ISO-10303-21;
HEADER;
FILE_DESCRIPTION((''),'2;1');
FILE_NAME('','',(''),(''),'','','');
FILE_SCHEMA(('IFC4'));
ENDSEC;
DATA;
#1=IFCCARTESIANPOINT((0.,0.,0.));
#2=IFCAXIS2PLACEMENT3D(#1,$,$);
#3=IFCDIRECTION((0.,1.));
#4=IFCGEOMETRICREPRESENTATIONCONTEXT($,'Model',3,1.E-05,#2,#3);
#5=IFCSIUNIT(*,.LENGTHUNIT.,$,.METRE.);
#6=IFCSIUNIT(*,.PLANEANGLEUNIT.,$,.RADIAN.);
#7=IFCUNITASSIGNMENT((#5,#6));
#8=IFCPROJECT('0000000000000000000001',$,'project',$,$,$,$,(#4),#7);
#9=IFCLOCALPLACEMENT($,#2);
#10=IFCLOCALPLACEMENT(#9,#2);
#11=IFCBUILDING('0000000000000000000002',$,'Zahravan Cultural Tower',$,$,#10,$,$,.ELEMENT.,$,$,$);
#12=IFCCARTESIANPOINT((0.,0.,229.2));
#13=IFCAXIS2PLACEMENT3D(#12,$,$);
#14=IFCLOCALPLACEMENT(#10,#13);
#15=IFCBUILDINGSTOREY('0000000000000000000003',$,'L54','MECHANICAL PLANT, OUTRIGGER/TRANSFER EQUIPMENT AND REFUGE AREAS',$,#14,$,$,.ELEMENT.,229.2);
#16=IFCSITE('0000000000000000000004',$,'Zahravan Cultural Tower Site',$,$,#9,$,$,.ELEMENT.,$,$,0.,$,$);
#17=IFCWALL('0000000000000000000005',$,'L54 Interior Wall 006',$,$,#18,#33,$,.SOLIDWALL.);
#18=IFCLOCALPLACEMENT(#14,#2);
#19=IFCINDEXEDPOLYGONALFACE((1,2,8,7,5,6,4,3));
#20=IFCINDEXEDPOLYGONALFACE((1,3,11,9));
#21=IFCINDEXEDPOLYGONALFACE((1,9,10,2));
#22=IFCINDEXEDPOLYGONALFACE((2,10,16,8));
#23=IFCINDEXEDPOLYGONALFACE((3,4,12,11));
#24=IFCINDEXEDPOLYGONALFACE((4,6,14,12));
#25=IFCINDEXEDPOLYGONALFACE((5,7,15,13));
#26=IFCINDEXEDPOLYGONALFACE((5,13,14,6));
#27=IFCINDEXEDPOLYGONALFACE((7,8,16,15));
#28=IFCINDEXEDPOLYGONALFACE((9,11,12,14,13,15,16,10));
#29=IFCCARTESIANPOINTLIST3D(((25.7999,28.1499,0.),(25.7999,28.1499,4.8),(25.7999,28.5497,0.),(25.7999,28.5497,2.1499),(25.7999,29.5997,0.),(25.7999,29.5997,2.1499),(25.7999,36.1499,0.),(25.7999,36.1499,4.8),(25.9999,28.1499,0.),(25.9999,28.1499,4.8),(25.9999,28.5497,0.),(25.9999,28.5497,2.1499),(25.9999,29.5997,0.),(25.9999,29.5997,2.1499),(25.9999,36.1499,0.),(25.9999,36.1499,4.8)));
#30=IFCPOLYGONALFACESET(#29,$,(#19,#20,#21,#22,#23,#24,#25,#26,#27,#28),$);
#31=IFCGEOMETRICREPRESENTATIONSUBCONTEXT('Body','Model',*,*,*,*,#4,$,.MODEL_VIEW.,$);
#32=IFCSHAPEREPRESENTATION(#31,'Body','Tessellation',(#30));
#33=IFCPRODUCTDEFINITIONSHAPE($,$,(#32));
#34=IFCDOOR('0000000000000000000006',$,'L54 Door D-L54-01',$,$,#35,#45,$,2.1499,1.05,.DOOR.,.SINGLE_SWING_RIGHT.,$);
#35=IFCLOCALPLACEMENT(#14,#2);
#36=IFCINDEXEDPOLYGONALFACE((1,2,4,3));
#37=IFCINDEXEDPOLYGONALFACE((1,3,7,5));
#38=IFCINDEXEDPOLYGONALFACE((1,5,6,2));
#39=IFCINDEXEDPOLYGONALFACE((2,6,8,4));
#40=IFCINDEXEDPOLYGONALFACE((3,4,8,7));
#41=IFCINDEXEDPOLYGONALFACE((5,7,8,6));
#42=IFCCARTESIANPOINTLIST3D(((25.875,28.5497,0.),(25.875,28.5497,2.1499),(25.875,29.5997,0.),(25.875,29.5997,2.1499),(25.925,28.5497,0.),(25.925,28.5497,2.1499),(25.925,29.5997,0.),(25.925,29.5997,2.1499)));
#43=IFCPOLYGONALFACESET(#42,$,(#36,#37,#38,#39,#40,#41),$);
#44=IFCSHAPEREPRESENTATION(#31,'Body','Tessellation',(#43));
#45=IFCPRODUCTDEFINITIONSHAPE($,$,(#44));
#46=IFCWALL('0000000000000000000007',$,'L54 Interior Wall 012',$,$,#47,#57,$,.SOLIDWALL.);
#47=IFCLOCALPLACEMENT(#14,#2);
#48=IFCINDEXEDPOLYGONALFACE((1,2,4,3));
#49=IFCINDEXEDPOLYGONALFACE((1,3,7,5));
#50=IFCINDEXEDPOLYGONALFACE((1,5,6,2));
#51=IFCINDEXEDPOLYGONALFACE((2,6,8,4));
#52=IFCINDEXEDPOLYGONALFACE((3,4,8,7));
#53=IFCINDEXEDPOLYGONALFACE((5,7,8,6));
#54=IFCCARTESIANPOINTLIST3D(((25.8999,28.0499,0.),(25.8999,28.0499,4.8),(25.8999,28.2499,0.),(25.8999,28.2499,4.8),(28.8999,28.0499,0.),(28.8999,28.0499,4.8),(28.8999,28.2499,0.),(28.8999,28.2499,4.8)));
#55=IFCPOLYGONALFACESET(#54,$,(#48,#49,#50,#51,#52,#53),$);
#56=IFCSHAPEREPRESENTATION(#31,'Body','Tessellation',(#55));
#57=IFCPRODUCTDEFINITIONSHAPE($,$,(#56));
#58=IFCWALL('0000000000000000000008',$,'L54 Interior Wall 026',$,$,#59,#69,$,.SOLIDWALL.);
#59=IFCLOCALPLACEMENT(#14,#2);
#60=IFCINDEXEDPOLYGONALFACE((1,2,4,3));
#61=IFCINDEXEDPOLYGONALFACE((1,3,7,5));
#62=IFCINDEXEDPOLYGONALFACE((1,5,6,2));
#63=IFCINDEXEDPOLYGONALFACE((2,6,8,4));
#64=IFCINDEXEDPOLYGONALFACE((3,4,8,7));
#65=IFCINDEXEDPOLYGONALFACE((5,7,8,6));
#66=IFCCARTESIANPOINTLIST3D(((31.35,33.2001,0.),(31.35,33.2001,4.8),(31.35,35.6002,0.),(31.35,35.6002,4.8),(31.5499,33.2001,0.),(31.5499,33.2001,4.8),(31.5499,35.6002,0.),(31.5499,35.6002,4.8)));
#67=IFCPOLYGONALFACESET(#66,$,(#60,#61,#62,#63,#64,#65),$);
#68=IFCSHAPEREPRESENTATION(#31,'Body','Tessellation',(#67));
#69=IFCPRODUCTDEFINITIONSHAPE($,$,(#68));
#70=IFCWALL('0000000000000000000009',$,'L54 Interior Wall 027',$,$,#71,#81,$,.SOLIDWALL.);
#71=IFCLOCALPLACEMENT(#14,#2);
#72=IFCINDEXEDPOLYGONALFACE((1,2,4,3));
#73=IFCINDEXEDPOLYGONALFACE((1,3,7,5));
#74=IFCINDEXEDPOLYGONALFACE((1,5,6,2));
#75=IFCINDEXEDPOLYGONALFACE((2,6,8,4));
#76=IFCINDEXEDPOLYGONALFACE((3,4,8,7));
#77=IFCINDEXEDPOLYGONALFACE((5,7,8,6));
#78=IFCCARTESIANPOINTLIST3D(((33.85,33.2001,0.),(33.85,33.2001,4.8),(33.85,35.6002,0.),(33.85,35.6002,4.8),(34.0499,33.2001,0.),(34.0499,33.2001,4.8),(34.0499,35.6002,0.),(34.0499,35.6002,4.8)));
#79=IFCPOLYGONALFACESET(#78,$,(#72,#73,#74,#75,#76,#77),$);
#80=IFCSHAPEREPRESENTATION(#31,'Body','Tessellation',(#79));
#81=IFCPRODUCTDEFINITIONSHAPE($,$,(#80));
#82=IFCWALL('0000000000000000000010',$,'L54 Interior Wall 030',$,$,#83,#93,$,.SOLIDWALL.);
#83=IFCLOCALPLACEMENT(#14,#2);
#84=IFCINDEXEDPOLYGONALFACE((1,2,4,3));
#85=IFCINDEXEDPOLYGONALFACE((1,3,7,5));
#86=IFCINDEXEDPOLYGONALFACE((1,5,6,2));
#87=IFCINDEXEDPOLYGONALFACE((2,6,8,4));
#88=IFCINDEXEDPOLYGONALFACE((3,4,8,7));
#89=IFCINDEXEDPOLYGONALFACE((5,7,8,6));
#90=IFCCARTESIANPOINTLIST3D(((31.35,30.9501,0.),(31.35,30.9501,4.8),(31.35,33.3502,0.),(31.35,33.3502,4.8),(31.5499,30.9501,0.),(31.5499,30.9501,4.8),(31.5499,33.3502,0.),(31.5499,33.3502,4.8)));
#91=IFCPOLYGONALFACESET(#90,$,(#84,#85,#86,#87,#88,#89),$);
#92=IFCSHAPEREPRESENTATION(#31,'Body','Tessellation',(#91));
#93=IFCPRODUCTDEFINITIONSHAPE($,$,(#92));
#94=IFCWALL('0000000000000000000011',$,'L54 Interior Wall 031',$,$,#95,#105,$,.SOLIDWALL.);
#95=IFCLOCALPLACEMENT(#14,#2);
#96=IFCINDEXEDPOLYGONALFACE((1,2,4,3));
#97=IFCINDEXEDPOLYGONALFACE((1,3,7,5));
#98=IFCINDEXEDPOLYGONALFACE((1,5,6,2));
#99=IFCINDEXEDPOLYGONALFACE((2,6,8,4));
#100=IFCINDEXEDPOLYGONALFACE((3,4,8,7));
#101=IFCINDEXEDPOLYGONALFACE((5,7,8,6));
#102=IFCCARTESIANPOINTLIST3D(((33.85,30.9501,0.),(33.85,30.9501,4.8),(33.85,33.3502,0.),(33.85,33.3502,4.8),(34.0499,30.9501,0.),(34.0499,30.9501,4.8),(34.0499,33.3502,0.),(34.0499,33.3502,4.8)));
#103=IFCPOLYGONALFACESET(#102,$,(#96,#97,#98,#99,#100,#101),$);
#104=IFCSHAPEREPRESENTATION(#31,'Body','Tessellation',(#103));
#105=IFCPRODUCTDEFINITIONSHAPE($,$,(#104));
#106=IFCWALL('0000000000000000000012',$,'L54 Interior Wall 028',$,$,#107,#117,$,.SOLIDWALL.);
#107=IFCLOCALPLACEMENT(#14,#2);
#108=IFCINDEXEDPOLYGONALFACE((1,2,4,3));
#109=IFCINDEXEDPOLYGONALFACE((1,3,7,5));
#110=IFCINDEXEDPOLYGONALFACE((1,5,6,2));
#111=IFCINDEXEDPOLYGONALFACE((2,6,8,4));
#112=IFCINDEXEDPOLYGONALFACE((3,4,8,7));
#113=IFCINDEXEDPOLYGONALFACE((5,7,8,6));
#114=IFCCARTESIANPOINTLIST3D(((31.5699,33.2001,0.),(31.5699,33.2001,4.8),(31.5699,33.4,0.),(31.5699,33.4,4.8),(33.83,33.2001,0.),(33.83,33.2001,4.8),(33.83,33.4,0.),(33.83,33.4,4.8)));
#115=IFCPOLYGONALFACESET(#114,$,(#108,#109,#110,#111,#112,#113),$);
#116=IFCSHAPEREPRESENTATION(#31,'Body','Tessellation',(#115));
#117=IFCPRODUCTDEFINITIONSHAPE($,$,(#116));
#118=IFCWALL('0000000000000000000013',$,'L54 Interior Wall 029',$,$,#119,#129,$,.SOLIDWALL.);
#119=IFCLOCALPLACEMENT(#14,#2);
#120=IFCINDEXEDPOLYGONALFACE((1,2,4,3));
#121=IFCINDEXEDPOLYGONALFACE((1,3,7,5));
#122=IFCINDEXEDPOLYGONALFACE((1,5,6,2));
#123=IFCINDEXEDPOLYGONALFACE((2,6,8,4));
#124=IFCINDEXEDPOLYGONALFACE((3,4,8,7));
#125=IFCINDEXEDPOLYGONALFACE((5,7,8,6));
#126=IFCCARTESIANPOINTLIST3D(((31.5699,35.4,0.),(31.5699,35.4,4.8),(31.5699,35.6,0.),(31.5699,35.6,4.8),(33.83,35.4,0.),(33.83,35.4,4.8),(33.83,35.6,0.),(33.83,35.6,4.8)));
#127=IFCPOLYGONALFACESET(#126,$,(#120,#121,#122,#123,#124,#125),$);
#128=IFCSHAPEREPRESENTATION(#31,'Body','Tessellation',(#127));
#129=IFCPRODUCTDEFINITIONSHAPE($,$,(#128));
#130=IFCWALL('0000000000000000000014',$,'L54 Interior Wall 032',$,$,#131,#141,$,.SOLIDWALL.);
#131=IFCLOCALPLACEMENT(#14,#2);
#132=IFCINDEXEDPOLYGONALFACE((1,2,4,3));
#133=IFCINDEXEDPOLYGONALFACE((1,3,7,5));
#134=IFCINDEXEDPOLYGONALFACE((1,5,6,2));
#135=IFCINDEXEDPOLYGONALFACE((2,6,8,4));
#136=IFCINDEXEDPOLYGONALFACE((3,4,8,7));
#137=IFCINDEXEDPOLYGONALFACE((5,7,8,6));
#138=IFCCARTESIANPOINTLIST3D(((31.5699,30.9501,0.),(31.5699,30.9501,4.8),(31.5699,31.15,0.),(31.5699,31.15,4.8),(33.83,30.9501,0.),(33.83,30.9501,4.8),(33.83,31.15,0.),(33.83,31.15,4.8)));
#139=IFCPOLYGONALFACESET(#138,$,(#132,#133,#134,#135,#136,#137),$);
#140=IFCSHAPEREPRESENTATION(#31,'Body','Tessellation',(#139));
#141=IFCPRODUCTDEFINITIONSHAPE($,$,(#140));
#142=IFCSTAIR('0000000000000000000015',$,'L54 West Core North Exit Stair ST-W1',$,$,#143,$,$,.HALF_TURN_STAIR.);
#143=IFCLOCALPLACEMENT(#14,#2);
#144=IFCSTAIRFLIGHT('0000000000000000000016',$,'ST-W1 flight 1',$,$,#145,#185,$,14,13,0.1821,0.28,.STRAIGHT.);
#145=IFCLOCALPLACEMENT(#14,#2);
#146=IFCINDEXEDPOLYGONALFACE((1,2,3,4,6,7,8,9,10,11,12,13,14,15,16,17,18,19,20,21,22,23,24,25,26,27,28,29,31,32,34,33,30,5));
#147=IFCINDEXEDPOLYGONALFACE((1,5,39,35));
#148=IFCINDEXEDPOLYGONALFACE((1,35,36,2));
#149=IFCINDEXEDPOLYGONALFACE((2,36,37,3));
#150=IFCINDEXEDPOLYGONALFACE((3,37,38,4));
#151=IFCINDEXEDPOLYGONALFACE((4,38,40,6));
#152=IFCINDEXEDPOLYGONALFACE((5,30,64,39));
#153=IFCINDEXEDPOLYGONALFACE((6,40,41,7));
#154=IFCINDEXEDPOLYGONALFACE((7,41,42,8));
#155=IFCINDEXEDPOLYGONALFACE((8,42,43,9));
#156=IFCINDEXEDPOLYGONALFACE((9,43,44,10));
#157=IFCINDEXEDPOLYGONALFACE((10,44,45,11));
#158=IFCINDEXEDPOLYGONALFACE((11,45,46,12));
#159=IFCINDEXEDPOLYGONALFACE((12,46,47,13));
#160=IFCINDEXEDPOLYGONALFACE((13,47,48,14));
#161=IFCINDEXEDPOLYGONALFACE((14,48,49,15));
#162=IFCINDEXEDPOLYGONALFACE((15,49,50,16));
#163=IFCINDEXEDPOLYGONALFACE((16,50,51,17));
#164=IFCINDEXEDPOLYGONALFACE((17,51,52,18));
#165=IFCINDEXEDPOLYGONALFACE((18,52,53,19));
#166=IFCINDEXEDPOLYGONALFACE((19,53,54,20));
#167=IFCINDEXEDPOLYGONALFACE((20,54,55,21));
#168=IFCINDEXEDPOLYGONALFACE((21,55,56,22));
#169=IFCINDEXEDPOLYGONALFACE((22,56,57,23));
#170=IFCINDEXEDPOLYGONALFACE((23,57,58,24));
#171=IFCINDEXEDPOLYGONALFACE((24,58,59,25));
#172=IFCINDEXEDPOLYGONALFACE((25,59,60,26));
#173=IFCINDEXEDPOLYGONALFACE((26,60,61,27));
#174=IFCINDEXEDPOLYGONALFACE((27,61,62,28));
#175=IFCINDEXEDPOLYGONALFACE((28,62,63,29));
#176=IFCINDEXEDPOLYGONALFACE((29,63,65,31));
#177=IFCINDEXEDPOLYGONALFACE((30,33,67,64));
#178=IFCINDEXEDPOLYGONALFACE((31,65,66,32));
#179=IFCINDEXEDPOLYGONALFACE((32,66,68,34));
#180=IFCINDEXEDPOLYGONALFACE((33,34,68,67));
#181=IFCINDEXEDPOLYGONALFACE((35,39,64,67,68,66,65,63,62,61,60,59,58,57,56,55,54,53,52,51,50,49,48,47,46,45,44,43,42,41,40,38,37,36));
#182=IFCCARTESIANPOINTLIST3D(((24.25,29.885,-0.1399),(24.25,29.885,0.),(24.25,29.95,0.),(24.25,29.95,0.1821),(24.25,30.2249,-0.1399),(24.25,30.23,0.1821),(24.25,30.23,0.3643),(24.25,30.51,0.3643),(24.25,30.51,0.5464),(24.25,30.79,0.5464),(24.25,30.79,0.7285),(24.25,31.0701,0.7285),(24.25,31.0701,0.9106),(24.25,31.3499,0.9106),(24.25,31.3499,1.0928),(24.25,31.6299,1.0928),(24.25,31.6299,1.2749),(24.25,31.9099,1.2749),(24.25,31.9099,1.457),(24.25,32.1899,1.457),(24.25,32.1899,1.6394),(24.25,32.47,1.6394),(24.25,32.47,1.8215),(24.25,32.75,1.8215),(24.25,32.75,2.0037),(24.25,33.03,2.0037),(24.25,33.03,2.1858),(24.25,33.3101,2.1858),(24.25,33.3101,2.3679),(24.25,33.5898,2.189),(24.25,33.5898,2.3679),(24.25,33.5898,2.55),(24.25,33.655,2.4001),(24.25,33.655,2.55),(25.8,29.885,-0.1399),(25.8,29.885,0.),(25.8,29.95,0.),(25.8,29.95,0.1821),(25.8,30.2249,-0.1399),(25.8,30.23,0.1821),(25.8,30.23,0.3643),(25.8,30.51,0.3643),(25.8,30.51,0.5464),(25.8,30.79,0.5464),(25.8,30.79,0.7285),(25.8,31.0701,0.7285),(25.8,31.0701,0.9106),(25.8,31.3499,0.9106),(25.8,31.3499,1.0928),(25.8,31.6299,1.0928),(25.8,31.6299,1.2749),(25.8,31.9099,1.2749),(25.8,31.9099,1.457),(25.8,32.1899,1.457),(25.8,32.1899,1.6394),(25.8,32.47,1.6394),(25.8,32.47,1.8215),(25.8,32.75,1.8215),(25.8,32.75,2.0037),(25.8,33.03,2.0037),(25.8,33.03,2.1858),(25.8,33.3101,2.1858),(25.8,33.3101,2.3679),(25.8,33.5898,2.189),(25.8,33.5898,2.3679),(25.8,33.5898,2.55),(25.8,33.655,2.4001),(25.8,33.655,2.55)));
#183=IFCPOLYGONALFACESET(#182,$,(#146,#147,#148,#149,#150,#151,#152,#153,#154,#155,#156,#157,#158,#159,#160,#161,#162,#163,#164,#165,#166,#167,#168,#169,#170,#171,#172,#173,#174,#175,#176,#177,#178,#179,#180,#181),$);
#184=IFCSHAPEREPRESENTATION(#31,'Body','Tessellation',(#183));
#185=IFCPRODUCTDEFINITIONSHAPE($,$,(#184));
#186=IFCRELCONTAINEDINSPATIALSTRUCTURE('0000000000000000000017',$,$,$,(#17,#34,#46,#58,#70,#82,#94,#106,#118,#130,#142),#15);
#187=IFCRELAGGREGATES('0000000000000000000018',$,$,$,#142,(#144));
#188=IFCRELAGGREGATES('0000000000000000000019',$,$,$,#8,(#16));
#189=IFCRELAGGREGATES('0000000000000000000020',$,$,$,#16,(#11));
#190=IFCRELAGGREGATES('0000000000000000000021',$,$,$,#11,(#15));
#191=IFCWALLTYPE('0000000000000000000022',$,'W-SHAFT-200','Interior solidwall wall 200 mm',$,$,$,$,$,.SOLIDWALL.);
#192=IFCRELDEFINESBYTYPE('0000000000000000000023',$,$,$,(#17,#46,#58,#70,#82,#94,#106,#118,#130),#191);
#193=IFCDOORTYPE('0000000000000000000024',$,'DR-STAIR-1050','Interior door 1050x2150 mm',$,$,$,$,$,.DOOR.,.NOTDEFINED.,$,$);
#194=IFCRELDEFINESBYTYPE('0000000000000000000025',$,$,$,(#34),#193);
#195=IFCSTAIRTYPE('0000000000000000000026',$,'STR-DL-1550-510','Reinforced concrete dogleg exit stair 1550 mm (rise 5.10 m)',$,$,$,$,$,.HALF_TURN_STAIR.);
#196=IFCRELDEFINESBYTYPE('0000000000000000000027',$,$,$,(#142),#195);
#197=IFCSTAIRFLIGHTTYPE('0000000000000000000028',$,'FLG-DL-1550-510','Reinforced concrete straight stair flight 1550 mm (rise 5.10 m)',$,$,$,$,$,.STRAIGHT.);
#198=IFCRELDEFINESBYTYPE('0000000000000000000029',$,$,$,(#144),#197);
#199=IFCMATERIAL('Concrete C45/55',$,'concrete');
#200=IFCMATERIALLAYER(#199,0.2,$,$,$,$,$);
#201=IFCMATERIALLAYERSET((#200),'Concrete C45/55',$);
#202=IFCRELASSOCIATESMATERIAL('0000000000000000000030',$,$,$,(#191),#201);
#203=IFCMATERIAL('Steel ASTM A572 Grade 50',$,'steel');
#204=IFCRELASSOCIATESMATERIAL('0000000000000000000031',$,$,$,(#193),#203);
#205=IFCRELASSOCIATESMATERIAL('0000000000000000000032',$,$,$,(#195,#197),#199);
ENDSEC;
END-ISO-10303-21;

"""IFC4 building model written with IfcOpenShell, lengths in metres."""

from ifc_helpers import new_model, si_unit, direction, frame, frame_2d, origin, place, context, subcontext, project, spatial, polyline, rectangle, outline, extrude, source, transform, mapped, material, layer, layer_set, type_object, element, fill, aggregate, save


model = new_model("IFC4")

# Units and contexts
model_context = context("Model", 3, precision=1e-05, world=origin(), true_north=direction((0.0, 1.0)))
body_context = subcontext(model_context, "Body", "Model", "MODEL_VIEW")
ifc_project = project(units=[si_unit("LENGTHUNIT", "METRE"), si_unit("PLANEANGLEUNIT", "RADIAN")], contexts=[model_context])

# Site, building, storey
site_placement = place(None, origin())
site = spatial("IfcSite", under=ifc_project, at=site_placement, Name="Zahravan Cultural Tower Site", CompositionType="ELEMENT", RefElevation=0.0)
building_placement = place(site_placement, origin())
building = spatial("IfcBuilding", under=site, at=building_placement, Name="Zahravan Cultural Tower", CompositionType="ELEMENT")
storey_placement = place(building_placement, frame((0.0, 0.0, 229.2)))
storey = spatial("IfcBuildingStorey", under=building, at=storey_placement, Name="L54", Description="MECHANICAL PLANT, OUTRIGGER/TRANSFER EQUIPMENT AND REFUGE AREAS", CompositionType="ELEMENT", Elevation=229.2)

# Wall, opening, door
ifc_material_1 = material(Name="Steel ASTM A572 Grade 50", Category="steel")
ifc_material_2 = material(Name="Concrete C45/55", Category="concrete")
ifc_layer_1 = layer(ifc_material_2, 0.2)
ifc_layer_set_1 = layer_set([ifc_layer_1], Name="Concrete C45/55")
wall_type_1 = type_object("IfcWallType", Name="W-SHAFT-200", Description="Interior solidwall wall 200 mm", PredefinedType="SOLIDWALL", material=ifc_layer_set_1)
wall_1_placement = place(storey_placement, frame((25.8999, 28.1499, 0.0), z_axis=(0.0, 0.0, 1.0), x_axis=(0.0, 1.0, 0.0)))
wall_1 = element("IfcWall", 1, at=wall_1_placement, inside=storey, type_object=wall_type_1, Name="L54 Interior Wall 006", PredefinedType="SOLIDWALL", context=body_context, shape_type="SweptSolid", body=[
    extrude(rectangle(XDim=8.0, YDim=0.2, at=frame_2d((4.0, 0.0))), origin(), (0.0, 0.0, 1.0), 4.8),
])
opening_1_placement = place(wall_1_placement, frame((0.3999, 0.0, 0.0)))
opening_1 = element("IfcOpeningElement", 2, at=opening_1_placement, cuts=wall_1, PredefinedType="OPENING", context=body_context, shape_type="SweptSolid", body=[
    extrude(rectangle(XDim=1.05, YDim=2.1499, at=frame_2d((0.5249, 1.075))), frame((0.0, 0.1099, 0.0), z_axis=(0.0, -1.0, 0.0), x_axis=(1.0, 0.0, 0.0)), (0.0, 0.0, 1.0), 0.22),
])
door_type_1 = type_object("IfcDoorType", Name="DR-STAIR-1050", Description="Interior door 1050x2150 mm", OperationType="NOTDEFINED", PredefinedType="DOOR", material=ifc_material_1)
shared_shape_1 = source(origin(), body_context, "Body", "SweptSolid", [
    extrude(rectangle(XDim=1.05, YDim=2.1499, at=frame_2d((0.5249, 1.075))), frame((0.0, 0.0249, 0.0), z_axis=(0.0, -1.0, 0.0), x_axis=(1.0, 0.0, 0.0)), (0.0, 0.0, 1.0), 0.05),
])
door_1_placement = place(opening_1_placement, origin())
door_1 = element("IfcDoor", 3, at=door_1_placement, inside=storey, type_object=door_type_1, Name="L54 Door D-L54-01", OperationType="SINGLE_SWING_RIGHT", OverallHeight=2.1499, OverallWidth=1.05, PredefinedType="DOOR", context=body_context, shape_type="MappedRepresentation", body=[
    mapped(shared_shape_1, transform((0.0, 0.0, 0.0), x_axis=(1.0, 0.0, 0.0), y_axis=(0.0, 1.0, 0.0), z_axis=(0.0, 0.0, 1.0), scale=1.0)),
])
fill(opening_1, door_1)

# Walls
shared_shape_2 = source(origin(), body_context, "Body", "SweptSolid", [
    extrude(rectangle(XDim=3.0, YDim=0.2, at=frame_2d((1.5, 0.0))), origin(), (0.0, 0.0, 1.0), 4.8),
])
wall_2_placement = place(storey_placement, frame((25.8999, 28.1499, 0.0), z_axis=(0.0, 0.0, 1.0), x_axis=(1.0, 0.0, 0.0)))
element("IfcWall", 4, at=wall_2_placement, inside=storey, type_object=wall_type_1, Name="L54 Interior Wall 012", PredefinedType="SOLIDWALL", context=body_context, shape_type="MappedRepresentation", body=[
    mapped(shared_shape_2, transform((0.0, 0.0, 0.0), x_axis=(1.0, 0.0, 0.0), y_axis=(0.0, 1.0, 0.0), z_axis=(0.0, 0.0, 1.0), scale=1.0)),
])
shared_shape_3 = source(origin(), body_context, "Body", "SweptSolid", [
    extrude(rectangle(XDim=2.4001, YDim=0.2, at=frame_2d((1.2002, 0.0))), origin(), (0.0, 0.0, 1.0), 4.8),
])
for number, where, z_axis, x_axis, name in (
    (5, (31.45, 33.2, 0.0), (0.0, 0.0, 1.0), (0.0, 1.0, 0.0), "L54 Interior Wall 026"),
    (6, (33.95, 33.2, 0.0), (0.0, 0.0, 1.0), (0.0, 1.0, 0.0), "L54 Interior Wall 027"),
    (7, (31.45, 30.95, 0.0), (0.0, 0.0, 1.0), (0.0, 1.0, 0.0), "L54 Interior Wall 030"),
    (8, (33.95, 30.95, 0.0), (0.0, 0.0, 1.0), (0.0, 1.0, 0.0), "L54 Interior Wall 031"),
):
    element("IfcWall", number, at=place(storey_placement, frame(where, z_axis=z_axis, x_axis=x_axis)), inside=storey, type_object=wall_type_1, Name=name, PredefinedType="SOLIDWALL", context=body_context, shape_type="MappedRepresentation", body=[
        mapped(shared_shape_3, transform((0.0, 0.0, 0.0), x_axis=(1.0, 0.0, 0.0), y_axis=(0.0, 1.0, 0.0), z_axis=(0.0, 0.0, 1.0), scale=1.0)),
    ])
shared_shape_4 = source(origin(), body_context, "Body", "SweptSolid", [
    extrude(rectangle(XDim=2.26, YDim=0.2, at=frame_2d((1.1299, 0.0))), origin(), (0.0, 0.0, 1.0), 4.8),
])
for number, where, z_axis, x_axis, name in (
    (9, (31.5701, 33.3, 0.0), (0.0, 0.0, 1.0), (1.0, 0.0, 0.0), "L54 Interior Wall 028"),
    (10, (31.5701, 35.5, 0.0), (0.0, 0.0, 1.0), (1.0, 0.0, 0.0), "L54 Interior Wall 029"),
    (11, (31.5701, 31.05, 0.0), (0.0, 0.0, 1.0), (1.0, 0.0, 0.0), "L54 Interior Wall 032"),
):
    element("IfcWall", number, at=place(storey_placement, frame(where, z_axis=z_axis, x_axis=x_axis)), inside=storey, type_object=wall_type_1, Name=name, PredefinedType="SOLIDWALL", context=body_context, shape_type="MappedRepresentation", body=[
        mapped(shared_shape_4, transform((0.0, 0.0, 0.0), x_axis=(1.0, 0.0, 0.0), y_axis=(0.0, 1.0, 0.0), z_axis=(0.0, 0.0, 1.0), scale=1.0)),
    ])

# Stair, stair flight
stair_type = type_object("IfcStairType", Name="STR-DL-1550-510", Description="Reinforced concrete dogleg exit stair 1550 mm (rise 5.10 m)", PredefinedType="HALF_TURN_STAIR", material=ifc_material_2)
stair_placement = place(storey_placement, origin())
stair = element("IfcStair", 12, at=stair_placement, inside=storey, type_object=stair_type, Name="L54 West Core North Exit Stair ST-W1", PredefinedType="HALF_TURN_STAIR")
stair_flight_type = type_object("IfcStairFlightType", Name="FLG-DL-1550-510", Description="Reinforced concrete straight stair flight 1550 mm (rise 5.10 m)", PredefinedType="STRAIGHT", material=ifc_material_2)
stair_flight_placement = place(storey_placement, frame((25.0249, 29.95, 0.0), z_axis=(0.0, 0.0, 1.0), x_axis=(0.0, 1.0, 0.0)))
stair_flight = element("IfcStairFlight", 13, at=stair_flight_placement, type_object=stair_flight_type, Name="ST-W1 flight 1", NumberOfRisers=14, NumberOfTreads=13, PredefinedType="STRAIGHT", RiserHeight=0.1821, TreadLength=0.28, context=body_context, shape_type="SweptSolid", body=[
    extrude(outline(polyline([(-0.0649, -0.1399), (-0.0649, 0.0), (0.0, 0.0), (0.0, 0.1821), (0.28, 0.1821), (0.28, 0.3643), (0.5601, 0.3643), (0.5601, 0.5464), (0.8401, 0.5464), (0.8401, 0.7285), (1.1201, 0.7285), (1.1201, 0.9106), (1.3999, 0.9106), (1.3999, 1.0928), (1.6799, 1.0928), (1.6799, 1.2749), (1.96, 1.2749), (1.96, 1.457), (2.24, 1.457), (2.24, 1.6394), (2.52, 1.6394), (2.52, 1.8215), (2.8, 1.8215), (2.8, 2.0037), (3.0801, 2.0037), (3.0801, 2.1858), (3.3601, 2.1858), (3.3601, 2.3679), (3.6399, 2.3679), (3.6399, 2.55), (3.7051, 2.55), (3.7051, 2.4001), (3.6399, 2.189), (0.2749, -0.1399), (-0.0649, -0.1399)])), frame((0.0, 0.7749, 0.0), z_axis=(0.0, -1.0, 0.0), x_axis=(1.0, 0.0, 0.0)), (0.0, 0.0, 1.0), 1.55),
])
aggregate(stair, [stair_flight])

save(model, "model.ifc")
